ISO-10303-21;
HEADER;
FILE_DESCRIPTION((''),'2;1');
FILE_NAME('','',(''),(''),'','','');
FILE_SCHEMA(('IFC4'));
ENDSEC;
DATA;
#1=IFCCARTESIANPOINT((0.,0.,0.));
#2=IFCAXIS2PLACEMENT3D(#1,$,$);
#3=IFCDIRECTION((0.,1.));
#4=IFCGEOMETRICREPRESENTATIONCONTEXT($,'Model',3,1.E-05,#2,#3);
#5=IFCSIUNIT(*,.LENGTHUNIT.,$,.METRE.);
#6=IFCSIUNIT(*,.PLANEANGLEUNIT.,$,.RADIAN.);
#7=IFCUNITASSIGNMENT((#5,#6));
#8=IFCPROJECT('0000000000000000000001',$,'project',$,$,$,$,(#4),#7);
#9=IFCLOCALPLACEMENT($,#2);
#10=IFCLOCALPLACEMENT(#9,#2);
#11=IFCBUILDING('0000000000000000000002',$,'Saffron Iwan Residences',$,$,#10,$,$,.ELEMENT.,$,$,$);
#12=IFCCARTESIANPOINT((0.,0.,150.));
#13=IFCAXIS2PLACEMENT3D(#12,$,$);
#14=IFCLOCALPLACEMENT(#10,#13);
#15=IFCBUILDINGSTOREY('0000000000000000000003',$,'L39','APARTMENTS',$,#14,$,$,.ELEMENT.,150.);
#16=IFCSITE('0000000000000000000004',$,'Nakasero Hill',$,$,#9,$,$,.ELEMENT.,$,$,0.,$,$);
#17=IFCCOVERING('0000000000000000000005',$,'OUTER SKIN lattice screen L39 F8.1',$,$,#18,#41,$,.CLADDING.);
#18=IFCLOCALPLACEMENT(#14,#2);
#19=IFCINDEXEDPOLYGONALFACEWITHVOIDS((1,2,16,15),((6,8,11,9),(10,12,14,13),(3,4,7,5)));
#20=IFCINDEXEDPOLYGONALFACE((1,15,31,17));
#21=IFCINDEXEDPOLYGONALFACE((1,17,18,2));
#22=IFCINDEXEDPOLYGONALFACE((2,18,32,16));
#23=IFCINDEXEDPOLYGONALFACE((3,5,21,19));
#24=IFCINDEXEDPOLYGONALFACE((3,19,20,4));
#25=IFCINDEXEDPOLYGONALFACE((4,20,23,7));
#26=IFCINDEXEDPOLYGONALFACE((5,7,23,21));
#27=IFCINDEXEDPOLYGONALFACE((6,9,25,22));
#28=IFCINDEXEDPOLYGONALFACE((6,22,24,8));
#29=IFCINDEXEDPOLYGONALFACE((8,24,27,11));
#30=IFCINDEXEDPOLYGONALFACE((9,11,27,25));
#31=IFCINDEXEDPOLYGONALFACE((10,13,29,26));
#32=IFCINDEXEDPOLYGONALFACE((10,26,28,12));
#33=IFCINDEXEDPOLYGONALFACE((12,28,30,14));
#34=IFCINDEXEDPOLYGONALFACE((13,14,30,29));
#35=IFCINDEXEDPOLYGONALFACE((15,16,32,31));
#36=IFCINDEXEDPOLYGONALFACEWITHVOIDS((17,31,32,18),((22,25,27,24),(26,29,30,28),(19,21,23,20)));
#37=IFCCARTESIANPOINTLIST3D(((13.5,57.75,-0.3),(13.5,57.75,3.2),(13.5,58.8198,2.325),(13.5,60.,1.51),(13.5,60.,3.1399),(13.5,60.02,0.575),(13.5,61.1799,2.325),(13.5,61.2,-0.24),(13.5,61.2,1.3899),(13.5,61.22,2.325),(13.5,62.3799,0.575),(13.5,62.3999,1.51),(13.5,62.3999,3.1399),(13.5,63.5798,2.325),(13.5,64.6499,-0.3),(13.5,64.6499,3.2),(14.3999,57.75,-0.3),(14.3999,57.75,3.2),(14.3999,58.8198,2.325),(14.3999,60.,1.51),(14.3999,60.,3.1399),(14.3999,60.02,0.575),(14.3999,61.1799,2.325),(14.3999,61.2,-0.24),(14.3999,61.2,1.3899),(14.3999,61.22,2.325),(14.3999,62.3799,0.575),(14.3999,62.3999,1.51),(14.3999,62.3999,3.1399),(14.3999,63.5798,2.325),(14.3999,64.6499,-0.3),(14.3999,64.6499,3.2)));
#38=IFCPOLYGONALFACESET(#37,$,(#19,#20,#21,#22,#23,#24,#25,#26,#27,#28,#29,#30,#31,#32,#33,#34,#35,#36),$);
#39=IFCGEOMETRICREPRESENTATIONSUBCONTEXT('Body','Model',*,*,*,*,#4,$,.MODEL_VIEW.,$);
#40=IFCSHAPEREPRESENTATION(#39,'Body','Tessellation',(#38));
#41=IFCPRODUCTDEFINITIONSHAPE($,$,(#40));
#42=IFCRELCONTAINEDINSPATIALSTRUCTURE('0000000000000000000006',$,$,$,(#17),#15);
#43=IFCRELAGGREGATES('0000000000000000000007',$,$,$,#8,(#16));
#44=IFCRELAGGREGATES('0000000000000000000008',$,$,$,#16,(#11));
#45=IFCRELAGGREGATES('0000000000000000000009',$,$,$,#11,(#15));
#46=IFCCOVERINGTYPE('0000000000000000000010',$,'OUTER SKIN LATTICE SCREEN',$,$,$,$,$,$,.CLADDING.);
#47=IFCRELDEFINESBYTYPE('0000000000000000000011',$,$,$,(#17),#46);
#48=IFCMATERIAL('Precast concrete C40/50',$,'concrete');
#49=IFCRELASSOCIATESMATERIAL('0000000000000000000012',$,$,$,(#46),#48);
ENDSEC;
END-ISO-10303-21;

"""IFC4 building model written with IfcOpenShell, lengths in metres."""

from ifc_helpers import new_model, si_unit, direction, frame, origin, place, context, subcontext, project, spatial, polyline, outline, extrude, material, type_object, element, save


model = new_model("IFC4")

# Units and contexts
model_context = context("Model", 3, precision=1e-05, world=origin(), true_north=direction((0.0, 1.0)))
body_context = subcontext(model_context, "Body", "Model", "MODEL_VIEW")
ifc_project = project(units=[si_unit("LENGTHUNIT", "METRE"), si_unit("PLANEANGLEUNIT", "RADIAN")], contexts=[model_context])

# Site, building, storey
site_placement = place(None, origin())
site = spatial("IfcSite", under=ifc_project, at=site_placement, Name="Nakasero Hill", CompositionType="ELEMENT", RefElevation=0.0)
building_placement = place(site_placement, origin())
building = spatial("IfcBuilding", under=site, at=building_placement, Name="Saffron Iwan Residences", CompositionType="ELEMENT")
storey_placement = place(building_placement, frame((0.0, 0.0, 150.0)))
storey = spatial("IfcBuildingStorey", under=building, at=storey_placement, Name="L39", Description="APARTMENTS", CompositionType="ELEMENT", Elevation=150.0)

# Covering
ifc_material_1 = material(Name="Precast concrete C40/50", Category="concrete")
covering_type = type_object("IfcCoveringType", Name="OUTER SKIN LATTICE SCREEN", PredefinedType="CLADDING", material=ifc_material_1)
covering_placement = place(storey_placement, frame((14.3999, 64.6499, -0.3), z_axis=(-1.0, 0.0, 0.0), x_axis=(0.0, -1.0, 0.0)))
element("IfcCovering", 1, at=covering_placement, inside=storey, type_object=covering_type, Name="OUTER SKIN lattice screen L39 F8.1", PredefinedType="CLADDING", context=body_context, shape_type="SweptSolid", body=[
    extrude(outline(polyline([(0.0, 0.0), (6.8999, 0.0), (6.8999, 3.5), (0.0, 3.5), (0.0, 0.0)]), holes=[polyline([(2.27, 0.875), (3.45, 0.0601), (4.6299, 0.875), (3.45, 1.6899), (2.27, 0.875)]), polyline([(1.0701, 2.625), (2.25, 1.8101), (3.4299, 2.625), (2.25, 3.4399), (1.0701, 2.625)]), polyline([(3.47, 2.625), (4.6499, 1.8101), (5.8301, 2.625), (4.6499, 3.4399), (3.47, 2.625)])]), origin(), (0.0, 0.0, 1.0), 0.8999),
])

save(model, "model.ifc")
